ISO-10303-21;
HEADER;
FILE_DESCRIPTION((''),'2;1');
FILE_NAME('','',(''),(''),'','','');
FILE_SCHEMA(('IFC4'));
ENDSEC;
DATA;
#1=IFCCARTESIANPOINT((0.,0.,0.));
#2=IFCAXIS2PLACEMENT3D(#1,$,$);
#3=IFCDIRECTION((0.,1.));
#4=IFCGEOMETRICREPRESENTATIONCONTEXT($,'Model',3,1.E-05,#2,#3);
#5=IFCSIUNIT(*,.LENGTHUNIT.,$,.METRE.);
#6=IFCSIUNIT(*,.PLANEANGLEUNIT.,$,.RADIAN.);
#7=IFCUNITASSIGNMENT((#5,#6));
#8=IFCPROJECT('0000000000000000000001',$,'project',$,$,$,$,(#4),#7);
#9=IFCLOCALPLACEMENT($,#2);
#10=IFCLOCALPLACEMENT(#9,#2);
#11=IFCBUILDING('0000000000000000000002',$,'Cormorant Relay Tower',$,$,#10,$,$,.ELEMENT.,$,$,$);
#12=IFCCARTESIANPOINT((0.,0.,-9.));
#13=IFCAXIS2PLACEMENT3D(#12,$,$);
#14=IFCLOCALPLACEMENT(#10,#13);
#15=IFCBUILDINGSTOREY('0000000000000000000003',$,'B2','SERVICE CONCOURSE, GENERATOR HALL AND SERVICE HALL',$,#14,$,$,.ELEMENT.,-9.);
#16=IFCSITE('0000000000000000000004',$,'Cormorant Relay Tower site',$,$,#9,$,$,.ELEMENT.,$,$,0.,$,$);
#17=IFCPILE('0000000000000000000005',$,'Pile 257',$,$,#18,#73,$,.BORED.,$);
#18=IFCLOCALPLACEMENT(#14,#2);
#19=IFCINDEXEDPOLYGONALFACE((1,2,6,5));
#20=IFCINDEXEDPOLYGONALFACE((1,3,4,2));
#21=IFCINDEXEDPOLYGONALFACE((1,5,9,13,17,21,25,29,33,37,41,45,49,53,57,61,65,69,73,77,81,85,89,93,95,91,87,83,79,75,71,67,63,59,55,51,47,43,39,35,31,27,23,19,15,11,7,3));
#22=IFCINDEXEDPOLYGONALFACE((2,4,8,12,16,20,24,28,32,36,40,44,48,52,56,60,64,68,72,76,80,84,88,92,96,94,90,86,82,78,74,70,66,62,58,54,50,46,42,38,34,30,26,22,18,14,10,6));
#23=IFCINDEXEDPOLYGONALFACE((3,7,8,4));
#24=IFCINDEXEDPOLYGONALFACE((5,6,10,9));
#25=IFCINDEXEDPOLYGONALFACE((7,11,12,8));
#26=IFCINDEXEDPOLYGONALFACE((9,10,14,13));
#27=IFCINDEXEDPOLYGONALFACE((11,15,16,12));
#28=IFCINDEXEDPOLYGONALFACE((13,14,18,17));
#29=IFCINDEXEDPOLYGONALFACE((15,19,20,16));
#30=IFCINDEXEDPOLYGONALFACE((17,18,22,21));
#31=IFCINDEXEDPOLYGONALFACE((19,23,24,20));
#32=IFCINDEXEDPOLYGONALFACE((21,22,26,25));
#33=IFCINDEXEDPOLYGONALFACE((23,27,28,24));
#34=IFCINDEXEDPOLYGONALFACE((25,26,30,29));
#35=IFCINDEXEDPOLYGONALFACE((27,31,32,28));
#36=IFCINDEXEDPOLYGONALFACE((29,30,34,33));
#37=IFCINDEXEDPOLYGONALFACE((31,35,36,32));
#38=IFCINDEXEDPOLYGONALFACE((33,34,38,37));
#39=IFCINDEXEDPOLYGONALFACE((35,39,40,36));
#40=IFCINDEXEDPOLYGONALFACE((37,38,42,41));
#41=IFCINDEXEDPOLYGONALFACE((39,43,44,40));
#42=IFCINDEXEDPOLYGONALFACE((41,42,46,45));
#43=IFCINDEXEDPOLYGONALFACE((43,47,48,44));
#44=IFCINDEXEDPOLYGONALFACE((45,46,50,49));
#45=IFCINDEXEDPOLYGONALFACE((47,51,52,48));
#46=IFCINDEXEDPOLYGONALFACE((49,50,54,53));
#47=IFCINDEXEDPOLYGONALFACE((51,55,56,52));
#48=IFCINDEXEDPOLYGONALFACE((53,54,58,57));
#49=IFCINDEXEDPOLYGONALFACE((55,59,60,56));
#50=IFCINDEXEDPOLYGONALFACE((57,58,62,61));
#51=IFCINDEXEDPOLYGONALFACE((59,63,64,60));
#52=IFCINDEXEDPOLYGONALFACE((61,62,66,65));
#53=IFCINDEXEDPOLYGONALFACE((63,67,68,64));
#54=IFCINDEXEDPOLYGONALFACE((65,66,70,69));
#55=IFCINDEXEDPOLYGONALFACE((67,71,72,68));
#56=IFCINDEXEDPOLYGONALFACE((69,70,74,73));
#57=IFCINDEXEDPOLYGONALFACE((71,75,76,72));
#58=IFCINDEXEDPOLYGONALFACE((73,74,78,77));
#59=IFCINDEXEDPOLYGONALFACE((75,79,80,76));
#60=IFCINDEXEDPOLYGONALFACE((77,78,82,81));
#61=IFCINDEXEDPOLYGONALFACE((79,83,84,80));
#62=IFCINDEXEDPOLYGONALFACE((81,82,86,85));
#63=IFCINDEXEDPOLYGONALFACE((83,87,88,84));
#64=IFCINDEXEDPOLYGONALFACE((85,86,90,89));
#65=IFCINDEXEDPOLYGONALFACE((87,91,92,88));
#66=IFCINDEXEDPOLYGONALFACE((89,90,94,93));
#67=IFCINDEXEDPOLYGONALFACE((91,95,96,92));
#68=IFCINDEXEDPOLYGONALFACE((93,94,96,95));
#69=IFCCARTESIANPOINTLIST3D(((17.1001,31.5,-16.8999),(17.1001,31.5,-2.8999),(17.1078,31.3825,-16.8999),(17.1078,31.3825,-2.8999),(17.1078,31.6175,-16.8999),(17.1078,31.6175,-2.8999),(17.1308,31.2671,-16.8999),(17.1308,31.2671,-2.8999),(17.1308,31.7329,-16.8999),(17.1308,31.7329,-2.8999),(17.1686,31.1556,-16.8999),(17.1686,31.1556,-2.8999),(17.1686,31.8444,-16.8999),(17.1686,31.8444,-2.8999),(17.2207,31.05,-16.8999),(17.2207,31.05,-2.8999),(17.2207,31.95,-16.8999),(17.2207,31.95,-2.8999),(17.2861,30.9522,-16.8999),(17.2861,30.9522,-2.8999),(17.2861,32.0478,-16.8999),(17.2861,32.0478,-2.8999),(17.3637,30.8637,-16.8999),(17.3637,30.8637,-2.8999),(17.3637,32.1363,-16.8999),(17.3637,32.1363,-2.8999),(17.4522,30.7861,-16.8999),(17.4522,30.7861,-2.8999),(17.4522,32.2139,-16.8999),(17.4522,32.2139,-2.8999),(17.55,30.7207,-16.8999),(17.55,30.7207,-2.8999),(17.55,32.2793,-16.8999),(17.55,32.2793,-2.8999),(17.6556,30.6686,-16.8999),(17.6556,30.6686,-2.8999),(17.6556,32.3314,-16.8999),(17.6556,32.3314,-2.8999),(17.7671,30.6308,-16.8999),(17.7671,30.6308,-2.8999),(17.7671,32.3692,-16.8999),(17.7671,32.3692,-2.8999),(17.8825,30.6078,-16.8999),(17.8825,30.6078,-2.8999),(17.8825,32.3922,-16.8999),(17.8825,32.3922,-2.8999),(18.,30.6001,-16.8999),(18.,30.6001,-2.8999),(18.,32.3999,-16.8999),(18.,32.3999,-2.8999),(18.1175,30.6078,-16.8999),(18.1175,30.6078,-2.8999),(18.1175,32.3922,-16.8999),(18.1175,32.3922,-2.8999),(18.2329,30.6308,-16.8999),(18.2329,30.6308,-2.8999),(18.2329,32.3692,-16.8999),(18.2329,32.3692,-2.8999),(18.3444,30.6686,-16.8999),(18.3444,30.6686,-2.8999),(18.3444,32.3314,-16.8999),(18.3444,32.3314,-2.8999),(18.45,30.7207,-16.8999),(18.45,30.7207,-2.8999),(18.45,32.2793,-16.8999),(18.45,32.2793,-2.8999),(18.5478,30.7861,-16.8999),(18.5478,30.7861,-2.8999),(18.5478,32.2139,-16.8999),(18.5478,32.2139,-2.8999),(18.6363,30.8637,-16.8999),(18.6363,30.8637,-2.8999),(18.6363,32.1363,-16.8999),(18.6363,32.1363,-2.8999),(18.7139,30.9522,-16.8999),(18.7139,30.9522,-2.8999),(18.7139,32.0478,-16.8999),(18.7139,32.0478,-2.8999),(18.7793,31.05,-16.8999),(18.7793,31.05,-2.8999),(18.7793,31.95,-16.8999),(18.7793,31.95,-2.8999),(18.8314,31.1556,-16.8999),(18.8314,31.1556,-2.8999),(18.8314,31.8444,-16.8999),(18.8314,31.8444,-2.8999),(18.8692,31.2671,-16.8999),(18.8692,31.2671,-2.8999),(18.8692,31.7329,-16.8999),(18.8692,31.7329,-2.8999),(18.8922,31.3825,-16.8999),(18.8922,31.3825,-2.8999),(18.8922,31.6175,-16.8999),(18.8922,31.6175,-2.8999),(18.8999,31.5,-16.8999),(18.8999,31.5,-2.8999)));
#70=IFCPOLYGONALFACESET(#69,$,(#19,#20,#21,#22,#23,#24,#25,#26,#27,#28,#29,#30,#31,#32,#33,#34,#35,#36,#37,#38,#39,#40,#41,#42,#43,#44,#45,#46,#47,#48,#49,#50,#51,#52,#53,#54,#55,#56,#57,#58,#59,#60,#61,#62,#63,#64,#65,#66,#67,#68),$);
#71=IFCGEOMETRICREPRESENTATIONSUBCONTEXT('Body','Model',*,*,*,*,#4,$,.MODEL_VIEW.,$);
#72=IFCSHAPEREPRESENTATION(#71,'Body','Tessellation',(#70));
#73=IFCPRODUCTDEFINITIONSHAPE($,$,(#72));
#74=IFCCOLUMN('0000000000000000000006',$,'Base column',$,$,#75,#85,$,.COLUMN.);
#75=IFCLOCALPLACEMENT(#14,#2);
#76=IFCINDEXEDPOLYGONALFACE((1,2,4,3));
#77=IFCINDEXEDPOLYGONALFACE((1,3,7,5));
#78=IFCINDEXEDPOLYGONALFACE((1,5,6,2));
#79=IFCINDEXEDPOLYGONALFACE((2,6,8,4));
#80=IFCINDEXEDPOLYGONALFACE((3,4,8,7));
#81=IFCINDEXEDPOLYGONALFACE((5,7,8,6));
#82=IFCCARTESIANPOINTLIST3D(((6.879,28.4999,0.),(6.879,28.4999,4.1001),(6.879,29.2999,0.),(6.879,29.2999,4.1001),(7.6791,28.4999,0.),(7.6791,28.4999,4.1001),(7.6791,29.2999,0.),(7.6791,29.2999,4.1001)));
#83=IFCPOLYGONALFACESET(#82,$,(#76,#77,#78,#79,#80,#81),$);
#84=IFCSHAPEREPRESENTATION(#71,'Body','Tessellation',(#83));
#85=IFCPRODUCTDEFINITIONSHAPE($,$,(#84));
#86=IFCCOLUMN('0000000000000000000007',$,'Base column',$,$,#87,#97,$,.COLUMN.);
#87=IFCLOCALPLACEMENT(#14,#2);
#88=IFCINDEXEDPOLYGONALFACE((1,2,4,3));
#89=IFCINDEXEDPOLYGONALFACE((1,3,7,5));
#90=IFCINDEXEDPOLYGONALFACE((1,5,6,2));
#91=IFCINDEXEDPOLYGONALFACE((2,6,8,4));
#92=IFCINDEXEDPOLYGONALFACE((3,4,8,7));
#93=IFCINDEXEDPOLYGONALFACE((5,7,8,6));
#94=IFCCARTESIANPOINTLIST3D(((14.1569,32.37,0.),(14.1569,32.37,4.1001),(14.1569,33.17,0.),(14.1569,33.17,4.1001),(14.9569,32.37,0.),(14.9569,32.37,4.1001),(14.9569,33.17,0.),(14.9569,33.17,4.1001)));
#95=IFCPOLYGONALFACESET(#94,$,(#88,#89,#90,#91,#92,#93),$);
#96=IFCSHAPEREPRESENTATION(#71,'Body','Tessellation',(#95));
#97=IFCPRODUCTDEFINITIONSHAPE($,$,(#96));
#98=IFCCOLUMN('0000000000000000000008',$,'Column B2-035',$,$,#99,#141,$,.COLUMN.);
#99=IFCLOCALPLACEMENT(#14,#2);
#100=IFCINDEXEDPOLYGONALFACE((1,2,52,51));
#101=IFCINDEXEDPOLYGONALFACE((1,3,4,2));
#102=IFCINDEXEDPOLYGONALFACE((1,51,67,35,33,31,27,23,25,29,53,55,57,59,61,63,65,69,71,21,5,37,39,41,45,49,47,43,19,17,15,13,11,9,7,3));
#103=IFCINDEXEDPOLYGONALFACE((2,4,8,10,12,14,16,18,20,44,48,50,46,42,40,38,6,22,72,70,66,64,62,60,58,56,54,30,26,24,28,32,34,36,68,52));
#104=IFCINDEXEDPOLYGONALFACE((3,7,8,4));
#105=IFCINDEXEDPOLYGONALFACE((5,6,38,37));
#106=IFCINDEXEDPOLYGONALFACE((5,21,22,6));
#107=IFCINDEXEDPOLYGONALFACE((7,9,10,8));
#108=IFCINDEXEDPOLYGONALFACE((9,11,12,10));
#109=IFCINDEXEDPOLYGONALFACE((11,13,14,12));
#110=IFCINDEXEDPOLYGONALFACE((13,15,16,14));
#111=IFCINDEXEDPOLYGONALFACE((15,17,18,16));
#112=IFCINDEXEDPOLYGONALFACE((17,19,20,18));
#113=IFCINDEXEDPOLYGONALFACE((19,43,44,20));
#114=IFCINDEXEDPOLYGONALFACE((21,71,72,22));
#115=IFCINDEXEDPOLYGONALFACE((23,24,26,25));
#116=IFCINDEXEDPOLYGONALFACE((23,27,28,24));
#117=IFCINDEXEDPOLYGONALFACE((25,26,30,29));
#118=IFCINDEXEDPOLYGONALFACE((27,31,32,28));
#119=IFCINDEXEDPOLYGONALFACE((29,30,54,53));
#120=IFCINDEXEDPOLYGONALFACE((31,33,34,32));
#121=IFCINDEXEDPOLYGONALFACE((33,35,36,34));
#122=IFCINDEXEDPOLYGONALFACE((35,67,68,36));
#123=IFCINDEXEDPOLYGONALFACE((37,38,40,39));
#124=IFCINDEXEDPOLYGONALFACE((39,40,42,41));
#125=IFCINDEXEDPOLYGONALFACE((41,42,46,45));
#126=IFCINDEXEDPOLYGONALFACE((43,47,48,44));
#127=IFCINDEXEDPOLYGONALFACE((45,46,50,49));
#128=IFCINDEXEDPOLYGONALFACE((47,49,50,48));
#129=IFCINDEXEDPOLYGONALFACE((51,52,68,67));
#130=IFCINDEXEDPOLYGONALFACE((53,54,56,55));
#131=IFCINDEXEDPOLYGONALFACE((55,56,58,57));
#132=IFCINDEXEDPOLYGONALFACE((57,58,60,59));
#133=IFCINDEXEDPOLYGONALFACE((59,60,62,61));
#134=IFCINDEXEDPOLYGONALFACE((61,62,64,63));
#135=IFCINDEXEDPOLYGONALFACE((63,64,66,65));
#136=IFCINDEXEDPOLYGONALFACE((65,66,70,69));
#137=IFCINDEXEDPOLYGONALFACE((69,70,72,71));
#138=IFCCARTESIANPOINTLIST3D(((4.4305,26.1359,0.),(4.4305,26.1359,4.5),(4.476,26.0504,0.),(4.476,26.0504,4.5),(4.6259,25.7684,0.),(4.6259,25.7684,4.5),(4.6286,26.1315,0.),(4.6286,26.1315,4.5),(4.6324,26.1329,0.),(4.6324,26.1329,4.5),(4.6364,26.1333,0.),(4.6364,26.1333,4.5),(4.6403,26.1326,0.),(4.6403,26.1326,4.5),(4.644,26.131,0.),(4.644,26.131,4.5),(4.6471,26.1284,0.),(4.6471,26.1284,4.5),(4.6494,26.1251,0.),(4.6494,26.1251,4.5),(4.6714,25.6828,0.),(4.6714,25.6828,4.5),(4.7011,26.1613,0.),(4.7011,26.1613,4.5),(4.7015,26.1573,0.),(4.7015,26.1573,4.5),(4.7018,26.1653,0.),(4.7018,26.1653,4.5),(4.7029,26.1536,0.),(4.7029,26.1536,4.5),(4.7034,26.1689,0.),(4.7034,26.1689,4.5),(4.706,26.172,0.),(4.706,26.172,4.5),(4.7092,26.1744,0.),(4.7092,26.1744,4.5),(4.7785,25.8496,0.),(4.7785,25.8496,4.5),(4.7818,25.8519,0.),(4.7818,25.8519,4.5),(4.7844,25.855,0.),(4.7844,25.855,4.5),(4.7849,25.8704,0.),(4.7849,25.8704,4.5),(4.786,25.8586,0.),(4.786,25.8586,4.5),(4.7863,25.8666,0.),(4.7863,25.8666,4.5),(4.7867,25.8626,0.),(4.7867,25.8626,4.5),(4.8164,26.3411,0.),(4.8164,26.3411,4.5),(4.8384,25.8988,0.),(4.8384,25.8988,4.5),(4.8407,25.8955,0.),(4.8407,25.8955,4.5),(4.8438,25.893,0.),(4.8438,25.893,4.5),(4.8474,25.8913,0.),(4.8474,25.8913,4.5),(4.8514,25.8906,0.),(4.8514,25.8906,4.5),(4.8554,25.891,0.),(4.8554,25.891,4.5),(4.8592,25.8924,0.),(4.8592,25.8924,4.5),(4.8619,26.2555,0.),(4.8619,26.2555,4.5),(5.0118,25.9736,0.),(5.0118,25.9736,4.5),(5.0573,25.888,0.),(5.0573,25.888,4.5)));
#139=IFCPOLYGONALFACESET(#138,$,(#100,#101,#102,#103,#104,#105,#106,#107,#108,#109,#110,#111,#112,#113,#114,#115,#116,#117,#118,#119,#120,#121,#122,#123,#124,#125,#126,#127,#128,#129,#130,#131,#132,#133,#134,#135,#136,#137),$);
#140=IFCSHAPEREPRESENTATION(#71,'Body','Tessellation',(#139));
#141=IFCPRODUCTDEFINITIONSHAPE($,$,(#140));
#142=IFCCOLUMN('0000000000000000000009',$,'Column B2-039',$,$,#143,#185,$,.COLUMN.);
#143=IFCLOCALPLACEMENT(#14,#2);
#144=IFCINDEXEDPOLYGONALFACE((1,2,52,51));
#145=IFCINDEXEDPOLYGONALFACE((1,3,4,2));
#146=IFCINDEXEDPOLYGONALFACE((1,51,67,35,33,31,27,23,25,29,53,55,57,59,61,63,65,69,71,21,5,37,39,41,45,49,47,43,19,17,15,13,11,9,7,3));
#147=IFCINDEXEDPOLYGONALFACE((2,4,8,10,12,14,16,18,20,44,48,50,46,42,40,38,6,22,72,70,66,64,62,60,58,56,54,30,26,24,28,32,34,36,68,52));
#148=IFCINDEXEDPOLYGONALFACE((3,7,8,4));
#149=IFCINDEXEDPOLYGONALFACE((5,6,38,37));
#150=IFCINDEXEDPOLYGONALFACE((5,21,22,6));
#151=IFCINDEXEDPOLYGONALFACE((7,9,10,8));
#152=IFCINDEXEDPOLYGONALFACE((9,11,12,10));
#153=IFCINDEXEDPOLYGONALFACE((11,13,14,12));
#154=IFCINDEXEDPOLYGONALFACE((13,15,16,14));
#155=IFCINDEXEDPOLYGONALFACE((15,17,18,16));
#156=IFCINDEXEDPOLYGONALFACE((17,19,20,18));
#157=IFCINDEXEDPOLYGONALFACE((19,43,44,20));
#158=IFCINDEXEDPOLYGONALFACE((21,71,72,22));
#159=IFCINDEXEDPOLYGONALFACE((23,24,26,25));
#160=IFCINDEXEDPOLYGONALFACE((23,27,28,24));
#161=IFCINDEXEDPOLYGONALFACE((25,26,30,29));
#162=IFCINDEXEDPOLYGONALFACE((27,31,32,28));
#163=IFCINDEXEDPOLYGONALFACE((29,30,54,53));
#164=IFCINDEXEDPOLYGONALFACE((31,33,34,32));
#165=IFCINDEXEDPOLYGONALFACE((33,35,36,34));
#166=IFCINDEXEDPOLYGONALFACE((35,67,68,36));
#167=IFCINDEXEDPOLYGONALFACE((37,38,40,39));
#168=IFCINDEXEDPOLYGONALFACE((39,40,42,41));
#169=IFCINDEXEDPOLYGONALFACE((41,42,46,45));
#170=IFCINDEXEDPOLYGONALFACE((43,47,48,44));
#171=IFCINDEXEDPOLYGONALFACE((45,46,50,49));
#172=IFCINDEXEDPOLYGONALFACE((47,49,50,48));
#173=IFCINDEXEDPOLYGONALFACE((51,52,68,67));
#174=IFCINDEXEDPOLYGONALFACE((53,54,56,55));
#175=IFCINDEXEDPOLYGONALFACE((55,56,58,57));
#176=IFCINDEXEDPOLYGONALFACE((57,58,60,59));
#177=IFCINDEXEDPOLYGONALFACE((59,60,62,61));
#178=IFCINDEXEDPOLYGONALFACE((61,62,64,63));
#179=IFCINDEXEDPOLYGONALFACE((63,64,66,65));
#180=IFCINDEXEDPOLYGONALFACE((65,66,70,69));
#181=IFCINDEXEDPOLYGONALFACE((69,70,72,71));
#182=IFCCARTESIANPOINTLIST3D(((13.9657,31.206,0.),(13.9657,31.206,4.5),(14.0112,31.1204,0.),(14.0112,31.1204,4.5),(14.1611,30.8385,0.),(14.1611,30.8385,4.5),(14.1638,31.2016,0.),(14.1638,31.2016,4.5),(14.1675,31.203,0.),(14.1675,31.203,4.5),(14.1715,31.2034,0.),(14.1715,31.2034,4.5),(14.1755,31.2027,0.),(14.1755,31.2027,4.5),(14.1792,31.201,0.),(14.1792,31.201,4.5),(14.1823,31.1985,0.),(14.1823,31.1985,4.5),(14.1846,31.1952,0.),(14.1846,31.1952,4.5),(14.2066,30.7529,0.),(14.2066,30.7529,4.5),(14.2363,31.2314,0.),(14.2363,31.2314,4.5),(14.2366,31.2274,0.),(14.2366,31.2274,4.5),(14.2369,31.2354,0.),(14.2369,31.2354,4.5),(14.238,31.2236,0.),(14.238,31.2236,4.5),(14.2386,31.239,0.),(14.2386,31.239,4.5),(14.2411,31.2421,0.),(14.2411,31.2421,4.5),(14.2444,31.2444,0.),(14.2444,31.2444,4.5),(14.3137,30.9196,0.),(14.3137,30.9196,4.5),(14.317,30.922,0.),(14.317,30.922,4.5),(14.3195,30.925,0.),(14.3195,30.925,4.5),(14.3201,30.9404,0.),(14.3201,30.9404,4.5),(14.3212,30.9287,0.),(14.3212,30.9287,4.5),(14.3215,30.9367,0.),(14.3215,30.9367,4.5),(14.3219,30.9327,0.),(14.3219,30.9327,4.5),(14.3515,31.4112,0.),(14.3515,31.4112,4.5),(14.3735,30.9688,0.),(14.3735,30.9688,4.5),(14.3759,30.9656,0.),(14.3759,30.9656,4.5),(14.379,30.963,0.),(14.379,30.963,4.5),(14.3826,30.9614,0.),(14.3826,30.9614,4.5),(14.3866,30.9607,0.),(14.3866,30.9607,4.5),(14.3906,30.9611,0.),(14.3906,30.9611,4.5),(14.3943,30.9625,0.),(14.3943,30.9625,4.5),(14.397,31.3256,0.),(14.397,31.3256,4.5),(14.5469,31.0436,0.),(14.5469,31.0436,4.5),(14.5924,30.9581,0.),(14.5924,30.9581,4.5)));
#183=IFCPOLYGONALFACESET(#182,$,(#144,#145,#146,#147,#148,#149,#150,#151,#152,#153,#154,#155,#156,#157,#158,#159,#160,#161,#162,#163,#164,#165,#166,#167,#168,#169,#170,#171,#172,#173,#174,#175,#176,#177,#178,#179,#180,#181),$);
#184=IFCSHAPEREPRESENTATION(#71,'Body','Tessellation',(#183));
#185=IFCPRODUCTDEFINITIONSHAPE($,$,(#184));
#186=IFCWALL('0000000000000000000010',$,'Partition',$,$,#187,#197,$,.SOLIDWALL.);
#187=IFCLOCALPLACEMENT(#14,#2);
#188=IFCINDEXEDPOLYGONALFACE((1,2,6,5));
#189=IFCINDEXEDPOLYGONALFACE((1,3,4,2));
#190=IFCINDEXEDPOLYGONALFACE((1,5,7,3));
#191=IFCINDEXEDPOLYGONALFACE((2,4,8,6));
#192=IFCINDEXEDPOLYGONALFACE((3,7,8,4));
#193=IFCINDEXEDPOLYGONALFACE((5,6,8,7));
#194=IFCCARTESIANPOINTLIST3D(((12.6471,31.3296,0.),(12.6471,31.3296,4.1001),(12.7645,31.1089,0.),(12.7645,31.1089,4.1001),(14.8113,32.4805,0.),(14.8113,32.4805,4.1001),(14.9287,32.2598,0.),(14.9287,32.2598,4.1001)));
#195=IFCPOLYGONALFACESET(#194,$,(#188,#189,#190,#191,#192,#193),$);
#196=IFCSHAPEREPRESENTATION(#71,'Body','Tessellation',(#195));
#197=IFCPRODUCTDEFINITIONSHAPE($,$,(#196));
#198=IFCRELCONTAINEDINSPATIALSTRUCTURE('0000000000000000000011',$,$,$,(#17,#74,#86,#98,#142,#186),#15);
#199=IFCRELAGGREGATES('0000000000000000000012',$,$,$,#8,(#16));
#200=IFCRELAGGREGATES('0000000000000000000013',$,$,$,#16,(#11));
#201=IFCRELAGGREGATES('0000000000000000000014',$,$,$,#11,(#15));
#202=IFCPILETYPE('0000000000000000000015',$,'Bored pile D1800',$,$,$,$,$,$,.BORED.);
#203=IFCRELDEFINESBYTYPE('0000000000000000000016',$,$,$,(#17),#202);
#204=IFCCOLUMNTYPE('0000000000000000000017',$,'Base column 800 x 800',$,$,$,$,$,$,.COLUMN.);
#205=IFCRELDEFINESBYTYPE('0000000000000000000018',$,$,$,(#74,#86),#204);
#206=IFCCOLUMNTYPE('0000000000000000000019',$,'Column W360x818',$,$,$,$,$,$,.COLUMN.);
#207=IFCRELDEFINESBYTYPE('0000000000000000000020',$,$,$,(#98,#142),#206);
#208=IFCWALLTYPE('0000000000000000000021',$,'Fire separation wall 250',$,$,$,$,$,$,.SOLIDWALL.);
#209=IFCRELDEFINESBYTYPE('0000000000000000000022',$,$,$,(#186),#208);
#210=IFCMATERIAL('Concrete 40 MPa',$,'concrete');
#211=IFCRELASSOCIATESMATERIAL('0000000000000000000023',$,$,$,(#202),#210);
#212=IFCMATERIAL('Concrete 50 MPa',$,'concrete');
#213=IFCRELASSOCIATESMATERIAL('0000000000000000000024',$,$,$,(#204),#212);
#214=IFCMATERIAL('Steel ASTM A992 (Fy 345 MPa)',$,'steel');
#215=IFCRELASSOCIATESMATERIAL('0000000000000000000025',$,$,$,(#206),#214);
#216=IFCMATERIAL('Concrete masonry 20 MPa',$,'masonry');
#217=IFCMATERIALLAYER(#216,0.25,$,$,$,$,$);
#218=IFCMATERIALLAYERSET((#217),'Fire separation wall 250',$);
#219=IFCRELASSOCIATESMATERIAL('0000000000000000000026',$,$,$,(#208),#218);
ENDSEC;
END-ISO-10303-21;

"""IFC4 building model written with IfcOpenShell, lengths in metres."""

from ifc_helpers import new_model, si_unit, direction, frame, frame_2d, origin, origin_2d, place, context, subcontext, project, spatial, rectangle, circle, i_section, extrude, material, layer, layer_set, material_profile, profile_set, type_object, element, save


model = new_model("IFC4")

# Units and contexts
model_context = context("Model", 3, precision=1e-05, world=origin(), true_north=direction((0.0, 1.0)))
body_context = subcontext(model_context, "Body", "Model", "MODEL_VIEW")
ifc_project = project(units=[si_unit("LENGTHUNIT", "METRE"), si_unit("PLANEANGLEUNIT", "RADIAN")], contexts=[model_context])

# Site, building, storey
site_placement = place(None, origin())
site = spatial("IfcSite", under=ifc_project, at=site_placement, Name="Cormorant Relay Tower site", CompositionType="ELEMENT", RefElevation=0.0)
building_placement = place(site_placement, origin())
building = spatial("IfcBuilding", under=site, at=building_placement, Name="Cormorant Relay Tower", CompositionType="ELEMENT")
storey_placement = place(building_placement, frame((0.0, 0.0, -9.0)))
storey = spatial("IfcBuildingStorey", under=building, at=storey_placement, Name="B2", Description="SERVICE CONCOURSE, GENERATOR HALL AND SERVICE HALL", CompositionType="ELEMENT", Elevation=-9.0)

# Pile
ifc_material_1 = material(Name="Concrete 40 MPa", Category="concrete")
ifc_material_profile_1 = material_profile(ifc_material_1, circle(Radius=0.8999, at=origin_2d()), Name="BP1800")
ifc_profile_set_1 = profile_set([ifc_material_profile_1], Name="Concrete 40 MPa")
pile_type = type_object("IfcPileType", Name="Bored pile D1800", PredefinedType="BORED", material=ifc_profile_set_1)
for number, where, z_axis, x_axis, name in (
    (1, (18.0, 31.5, -2.8999), (0.0, 0.0, -1.0), (1.0, 0.0, 0.0), "Pile 257"),
):
    element("IfcPile", number, at=place(storey_placement, frame(where, z_axis=z_axis, x_axis=x_axis)), inside=storey, type_object=pile_type, Name=name, PredefinedType="BORED", context=body_context, shape_type="SweptSolid", body=[
        extrude(circle(Radius=0.8999, at=origin_2d()), origin(), (0.0, 0.0, 1.0), 14.0),
    ])

# Columns
ifc_material_2 = material(Name="Concrete 50 MPa", Category="concrete")
ifc_material_profile_2 = material_profile(ifc_material_2, rectangle(XDim=0.8, YDim=0.8, at=origin_2d()), Name="RC 800x800")
ifc_profile_set_2 = profile_set([ifc_material_profile_2], Name="Concrete 50 MPa")
column_type_1 = type_object("IfcColumnType", Name="Base column 800 x 800", PredefinedType="COLUMN", material=ifc_profile_set_2)
for number, where, z_axis, x_axis, name in (
    (2, (7.2791, 28.8999, 0.0), (0.0, 0.0, 1.0), (1.0, 0.0, 0.0), "Base column"),
    (3, (14.5569, 32.77, 0.0), (0.0, 0.0, 1.0), (1.0, 0.0, 0.0), "Base column"),
):
    element("IfcColumn", number, at=place(storey_placement, frame(where, z_axis=z_axis, x_axis=x_axis)), inside=storey, type_object=column_type_1, Name=name, PredefinedType="COLUMN", context=body_context, shape_type="SweptSolid", body=[
        extrude(rectangle(XDim=0.8, YDim=0.8, at=origin_2d()), origin(), (0.0, 0.0, 1.0), 4.1001),
    ])
ifc_material_3 = material(Name="Steel ASTM A992 (Fy 345 MPa)", Category="steel")
ifc_material_profile_3 = material_profile(ifc_material_3, i_section(OverallWidth=0.437, OverallDepth=0.5132, WebThickness=0.0605, FlangeThickness=0.0969, FilletRadius=0.0154, at=origin_2d()), Name="W360x818")
ifc_profile_set_3 = profile_set([ifc_material_profile_3], Name="Steel ASTM A992 (Fy 345 MPa)")
column_type_2 = type_object("IfcColumnType", Name="Column W360x818", PredefinedType="COLUMN", material=ifc_profile_set_3)
for number, where, z_axis, x_axis, name in (
    (4, (4.7439, 26.012, 0.0), (0.0, 0.0, 1.0), (-0.882948, -0.469472, 0.0), "Column B2-035"),
    (5, (14.2791, 31.082, 0.0), (0.0, 0.0, 1.0), (-0.882948, -0.469472, 0.0), "Column B2-039"),
):
    element("IfcColumn", number, at=place(storey_placement, frame(where, z_axis=z_axis, x_axis=x_axis)), inside=storey, type_object=column_type_2, Name=name, PredefinedType="COLUMN", context=body_context, shape_type="SweptSolid", body=[
        extrude(i_section(OverallWidth=0.437, OverallDepth=0.5132, WebThickness=0.0605, FlangeThickness=0.0969, FilletRadius=0.0154, at=origin_2d()), origin(), (0.0, 0.0, 1.0), 4.5),
    ])

# Wall
ifc_material_4 = material(Name="Concrete masonry 20 MPa", Category="masonry")
ifc_layer = layer(ifc_material_4, 0.25)
ifc_layer_set = layer_set([ifc_layer], Name="Fire separation wall 250")
wall_type = type_object("IfcWallType", Name="Fire separation wall 250", PredefinedType="SOLIDWALL", material=ifc_layer_set)
wall_1_placement = place(storey_placement, frame((12.7058, 31.2192, 0.0), z_axis=(0.0, 0.0, 1.0), x_axis=(0.882909, 0.469544, 0.0)))
element("IfcWall", 6, at=wall_1_placement, inside=storey, type_object=wall_type, Name="Partition", PredefinedType="SOLIDWALL", context=body_context, shape_type="SweptSolid", body=[
    extrude(rectangle(XDim=2.4512, YDim=0.25, at=frame_2d((1.2256, 0.0))), origin(), (0.0, 0.0, 1.0), 4.1001),
])

save(model, "model.ifc")
